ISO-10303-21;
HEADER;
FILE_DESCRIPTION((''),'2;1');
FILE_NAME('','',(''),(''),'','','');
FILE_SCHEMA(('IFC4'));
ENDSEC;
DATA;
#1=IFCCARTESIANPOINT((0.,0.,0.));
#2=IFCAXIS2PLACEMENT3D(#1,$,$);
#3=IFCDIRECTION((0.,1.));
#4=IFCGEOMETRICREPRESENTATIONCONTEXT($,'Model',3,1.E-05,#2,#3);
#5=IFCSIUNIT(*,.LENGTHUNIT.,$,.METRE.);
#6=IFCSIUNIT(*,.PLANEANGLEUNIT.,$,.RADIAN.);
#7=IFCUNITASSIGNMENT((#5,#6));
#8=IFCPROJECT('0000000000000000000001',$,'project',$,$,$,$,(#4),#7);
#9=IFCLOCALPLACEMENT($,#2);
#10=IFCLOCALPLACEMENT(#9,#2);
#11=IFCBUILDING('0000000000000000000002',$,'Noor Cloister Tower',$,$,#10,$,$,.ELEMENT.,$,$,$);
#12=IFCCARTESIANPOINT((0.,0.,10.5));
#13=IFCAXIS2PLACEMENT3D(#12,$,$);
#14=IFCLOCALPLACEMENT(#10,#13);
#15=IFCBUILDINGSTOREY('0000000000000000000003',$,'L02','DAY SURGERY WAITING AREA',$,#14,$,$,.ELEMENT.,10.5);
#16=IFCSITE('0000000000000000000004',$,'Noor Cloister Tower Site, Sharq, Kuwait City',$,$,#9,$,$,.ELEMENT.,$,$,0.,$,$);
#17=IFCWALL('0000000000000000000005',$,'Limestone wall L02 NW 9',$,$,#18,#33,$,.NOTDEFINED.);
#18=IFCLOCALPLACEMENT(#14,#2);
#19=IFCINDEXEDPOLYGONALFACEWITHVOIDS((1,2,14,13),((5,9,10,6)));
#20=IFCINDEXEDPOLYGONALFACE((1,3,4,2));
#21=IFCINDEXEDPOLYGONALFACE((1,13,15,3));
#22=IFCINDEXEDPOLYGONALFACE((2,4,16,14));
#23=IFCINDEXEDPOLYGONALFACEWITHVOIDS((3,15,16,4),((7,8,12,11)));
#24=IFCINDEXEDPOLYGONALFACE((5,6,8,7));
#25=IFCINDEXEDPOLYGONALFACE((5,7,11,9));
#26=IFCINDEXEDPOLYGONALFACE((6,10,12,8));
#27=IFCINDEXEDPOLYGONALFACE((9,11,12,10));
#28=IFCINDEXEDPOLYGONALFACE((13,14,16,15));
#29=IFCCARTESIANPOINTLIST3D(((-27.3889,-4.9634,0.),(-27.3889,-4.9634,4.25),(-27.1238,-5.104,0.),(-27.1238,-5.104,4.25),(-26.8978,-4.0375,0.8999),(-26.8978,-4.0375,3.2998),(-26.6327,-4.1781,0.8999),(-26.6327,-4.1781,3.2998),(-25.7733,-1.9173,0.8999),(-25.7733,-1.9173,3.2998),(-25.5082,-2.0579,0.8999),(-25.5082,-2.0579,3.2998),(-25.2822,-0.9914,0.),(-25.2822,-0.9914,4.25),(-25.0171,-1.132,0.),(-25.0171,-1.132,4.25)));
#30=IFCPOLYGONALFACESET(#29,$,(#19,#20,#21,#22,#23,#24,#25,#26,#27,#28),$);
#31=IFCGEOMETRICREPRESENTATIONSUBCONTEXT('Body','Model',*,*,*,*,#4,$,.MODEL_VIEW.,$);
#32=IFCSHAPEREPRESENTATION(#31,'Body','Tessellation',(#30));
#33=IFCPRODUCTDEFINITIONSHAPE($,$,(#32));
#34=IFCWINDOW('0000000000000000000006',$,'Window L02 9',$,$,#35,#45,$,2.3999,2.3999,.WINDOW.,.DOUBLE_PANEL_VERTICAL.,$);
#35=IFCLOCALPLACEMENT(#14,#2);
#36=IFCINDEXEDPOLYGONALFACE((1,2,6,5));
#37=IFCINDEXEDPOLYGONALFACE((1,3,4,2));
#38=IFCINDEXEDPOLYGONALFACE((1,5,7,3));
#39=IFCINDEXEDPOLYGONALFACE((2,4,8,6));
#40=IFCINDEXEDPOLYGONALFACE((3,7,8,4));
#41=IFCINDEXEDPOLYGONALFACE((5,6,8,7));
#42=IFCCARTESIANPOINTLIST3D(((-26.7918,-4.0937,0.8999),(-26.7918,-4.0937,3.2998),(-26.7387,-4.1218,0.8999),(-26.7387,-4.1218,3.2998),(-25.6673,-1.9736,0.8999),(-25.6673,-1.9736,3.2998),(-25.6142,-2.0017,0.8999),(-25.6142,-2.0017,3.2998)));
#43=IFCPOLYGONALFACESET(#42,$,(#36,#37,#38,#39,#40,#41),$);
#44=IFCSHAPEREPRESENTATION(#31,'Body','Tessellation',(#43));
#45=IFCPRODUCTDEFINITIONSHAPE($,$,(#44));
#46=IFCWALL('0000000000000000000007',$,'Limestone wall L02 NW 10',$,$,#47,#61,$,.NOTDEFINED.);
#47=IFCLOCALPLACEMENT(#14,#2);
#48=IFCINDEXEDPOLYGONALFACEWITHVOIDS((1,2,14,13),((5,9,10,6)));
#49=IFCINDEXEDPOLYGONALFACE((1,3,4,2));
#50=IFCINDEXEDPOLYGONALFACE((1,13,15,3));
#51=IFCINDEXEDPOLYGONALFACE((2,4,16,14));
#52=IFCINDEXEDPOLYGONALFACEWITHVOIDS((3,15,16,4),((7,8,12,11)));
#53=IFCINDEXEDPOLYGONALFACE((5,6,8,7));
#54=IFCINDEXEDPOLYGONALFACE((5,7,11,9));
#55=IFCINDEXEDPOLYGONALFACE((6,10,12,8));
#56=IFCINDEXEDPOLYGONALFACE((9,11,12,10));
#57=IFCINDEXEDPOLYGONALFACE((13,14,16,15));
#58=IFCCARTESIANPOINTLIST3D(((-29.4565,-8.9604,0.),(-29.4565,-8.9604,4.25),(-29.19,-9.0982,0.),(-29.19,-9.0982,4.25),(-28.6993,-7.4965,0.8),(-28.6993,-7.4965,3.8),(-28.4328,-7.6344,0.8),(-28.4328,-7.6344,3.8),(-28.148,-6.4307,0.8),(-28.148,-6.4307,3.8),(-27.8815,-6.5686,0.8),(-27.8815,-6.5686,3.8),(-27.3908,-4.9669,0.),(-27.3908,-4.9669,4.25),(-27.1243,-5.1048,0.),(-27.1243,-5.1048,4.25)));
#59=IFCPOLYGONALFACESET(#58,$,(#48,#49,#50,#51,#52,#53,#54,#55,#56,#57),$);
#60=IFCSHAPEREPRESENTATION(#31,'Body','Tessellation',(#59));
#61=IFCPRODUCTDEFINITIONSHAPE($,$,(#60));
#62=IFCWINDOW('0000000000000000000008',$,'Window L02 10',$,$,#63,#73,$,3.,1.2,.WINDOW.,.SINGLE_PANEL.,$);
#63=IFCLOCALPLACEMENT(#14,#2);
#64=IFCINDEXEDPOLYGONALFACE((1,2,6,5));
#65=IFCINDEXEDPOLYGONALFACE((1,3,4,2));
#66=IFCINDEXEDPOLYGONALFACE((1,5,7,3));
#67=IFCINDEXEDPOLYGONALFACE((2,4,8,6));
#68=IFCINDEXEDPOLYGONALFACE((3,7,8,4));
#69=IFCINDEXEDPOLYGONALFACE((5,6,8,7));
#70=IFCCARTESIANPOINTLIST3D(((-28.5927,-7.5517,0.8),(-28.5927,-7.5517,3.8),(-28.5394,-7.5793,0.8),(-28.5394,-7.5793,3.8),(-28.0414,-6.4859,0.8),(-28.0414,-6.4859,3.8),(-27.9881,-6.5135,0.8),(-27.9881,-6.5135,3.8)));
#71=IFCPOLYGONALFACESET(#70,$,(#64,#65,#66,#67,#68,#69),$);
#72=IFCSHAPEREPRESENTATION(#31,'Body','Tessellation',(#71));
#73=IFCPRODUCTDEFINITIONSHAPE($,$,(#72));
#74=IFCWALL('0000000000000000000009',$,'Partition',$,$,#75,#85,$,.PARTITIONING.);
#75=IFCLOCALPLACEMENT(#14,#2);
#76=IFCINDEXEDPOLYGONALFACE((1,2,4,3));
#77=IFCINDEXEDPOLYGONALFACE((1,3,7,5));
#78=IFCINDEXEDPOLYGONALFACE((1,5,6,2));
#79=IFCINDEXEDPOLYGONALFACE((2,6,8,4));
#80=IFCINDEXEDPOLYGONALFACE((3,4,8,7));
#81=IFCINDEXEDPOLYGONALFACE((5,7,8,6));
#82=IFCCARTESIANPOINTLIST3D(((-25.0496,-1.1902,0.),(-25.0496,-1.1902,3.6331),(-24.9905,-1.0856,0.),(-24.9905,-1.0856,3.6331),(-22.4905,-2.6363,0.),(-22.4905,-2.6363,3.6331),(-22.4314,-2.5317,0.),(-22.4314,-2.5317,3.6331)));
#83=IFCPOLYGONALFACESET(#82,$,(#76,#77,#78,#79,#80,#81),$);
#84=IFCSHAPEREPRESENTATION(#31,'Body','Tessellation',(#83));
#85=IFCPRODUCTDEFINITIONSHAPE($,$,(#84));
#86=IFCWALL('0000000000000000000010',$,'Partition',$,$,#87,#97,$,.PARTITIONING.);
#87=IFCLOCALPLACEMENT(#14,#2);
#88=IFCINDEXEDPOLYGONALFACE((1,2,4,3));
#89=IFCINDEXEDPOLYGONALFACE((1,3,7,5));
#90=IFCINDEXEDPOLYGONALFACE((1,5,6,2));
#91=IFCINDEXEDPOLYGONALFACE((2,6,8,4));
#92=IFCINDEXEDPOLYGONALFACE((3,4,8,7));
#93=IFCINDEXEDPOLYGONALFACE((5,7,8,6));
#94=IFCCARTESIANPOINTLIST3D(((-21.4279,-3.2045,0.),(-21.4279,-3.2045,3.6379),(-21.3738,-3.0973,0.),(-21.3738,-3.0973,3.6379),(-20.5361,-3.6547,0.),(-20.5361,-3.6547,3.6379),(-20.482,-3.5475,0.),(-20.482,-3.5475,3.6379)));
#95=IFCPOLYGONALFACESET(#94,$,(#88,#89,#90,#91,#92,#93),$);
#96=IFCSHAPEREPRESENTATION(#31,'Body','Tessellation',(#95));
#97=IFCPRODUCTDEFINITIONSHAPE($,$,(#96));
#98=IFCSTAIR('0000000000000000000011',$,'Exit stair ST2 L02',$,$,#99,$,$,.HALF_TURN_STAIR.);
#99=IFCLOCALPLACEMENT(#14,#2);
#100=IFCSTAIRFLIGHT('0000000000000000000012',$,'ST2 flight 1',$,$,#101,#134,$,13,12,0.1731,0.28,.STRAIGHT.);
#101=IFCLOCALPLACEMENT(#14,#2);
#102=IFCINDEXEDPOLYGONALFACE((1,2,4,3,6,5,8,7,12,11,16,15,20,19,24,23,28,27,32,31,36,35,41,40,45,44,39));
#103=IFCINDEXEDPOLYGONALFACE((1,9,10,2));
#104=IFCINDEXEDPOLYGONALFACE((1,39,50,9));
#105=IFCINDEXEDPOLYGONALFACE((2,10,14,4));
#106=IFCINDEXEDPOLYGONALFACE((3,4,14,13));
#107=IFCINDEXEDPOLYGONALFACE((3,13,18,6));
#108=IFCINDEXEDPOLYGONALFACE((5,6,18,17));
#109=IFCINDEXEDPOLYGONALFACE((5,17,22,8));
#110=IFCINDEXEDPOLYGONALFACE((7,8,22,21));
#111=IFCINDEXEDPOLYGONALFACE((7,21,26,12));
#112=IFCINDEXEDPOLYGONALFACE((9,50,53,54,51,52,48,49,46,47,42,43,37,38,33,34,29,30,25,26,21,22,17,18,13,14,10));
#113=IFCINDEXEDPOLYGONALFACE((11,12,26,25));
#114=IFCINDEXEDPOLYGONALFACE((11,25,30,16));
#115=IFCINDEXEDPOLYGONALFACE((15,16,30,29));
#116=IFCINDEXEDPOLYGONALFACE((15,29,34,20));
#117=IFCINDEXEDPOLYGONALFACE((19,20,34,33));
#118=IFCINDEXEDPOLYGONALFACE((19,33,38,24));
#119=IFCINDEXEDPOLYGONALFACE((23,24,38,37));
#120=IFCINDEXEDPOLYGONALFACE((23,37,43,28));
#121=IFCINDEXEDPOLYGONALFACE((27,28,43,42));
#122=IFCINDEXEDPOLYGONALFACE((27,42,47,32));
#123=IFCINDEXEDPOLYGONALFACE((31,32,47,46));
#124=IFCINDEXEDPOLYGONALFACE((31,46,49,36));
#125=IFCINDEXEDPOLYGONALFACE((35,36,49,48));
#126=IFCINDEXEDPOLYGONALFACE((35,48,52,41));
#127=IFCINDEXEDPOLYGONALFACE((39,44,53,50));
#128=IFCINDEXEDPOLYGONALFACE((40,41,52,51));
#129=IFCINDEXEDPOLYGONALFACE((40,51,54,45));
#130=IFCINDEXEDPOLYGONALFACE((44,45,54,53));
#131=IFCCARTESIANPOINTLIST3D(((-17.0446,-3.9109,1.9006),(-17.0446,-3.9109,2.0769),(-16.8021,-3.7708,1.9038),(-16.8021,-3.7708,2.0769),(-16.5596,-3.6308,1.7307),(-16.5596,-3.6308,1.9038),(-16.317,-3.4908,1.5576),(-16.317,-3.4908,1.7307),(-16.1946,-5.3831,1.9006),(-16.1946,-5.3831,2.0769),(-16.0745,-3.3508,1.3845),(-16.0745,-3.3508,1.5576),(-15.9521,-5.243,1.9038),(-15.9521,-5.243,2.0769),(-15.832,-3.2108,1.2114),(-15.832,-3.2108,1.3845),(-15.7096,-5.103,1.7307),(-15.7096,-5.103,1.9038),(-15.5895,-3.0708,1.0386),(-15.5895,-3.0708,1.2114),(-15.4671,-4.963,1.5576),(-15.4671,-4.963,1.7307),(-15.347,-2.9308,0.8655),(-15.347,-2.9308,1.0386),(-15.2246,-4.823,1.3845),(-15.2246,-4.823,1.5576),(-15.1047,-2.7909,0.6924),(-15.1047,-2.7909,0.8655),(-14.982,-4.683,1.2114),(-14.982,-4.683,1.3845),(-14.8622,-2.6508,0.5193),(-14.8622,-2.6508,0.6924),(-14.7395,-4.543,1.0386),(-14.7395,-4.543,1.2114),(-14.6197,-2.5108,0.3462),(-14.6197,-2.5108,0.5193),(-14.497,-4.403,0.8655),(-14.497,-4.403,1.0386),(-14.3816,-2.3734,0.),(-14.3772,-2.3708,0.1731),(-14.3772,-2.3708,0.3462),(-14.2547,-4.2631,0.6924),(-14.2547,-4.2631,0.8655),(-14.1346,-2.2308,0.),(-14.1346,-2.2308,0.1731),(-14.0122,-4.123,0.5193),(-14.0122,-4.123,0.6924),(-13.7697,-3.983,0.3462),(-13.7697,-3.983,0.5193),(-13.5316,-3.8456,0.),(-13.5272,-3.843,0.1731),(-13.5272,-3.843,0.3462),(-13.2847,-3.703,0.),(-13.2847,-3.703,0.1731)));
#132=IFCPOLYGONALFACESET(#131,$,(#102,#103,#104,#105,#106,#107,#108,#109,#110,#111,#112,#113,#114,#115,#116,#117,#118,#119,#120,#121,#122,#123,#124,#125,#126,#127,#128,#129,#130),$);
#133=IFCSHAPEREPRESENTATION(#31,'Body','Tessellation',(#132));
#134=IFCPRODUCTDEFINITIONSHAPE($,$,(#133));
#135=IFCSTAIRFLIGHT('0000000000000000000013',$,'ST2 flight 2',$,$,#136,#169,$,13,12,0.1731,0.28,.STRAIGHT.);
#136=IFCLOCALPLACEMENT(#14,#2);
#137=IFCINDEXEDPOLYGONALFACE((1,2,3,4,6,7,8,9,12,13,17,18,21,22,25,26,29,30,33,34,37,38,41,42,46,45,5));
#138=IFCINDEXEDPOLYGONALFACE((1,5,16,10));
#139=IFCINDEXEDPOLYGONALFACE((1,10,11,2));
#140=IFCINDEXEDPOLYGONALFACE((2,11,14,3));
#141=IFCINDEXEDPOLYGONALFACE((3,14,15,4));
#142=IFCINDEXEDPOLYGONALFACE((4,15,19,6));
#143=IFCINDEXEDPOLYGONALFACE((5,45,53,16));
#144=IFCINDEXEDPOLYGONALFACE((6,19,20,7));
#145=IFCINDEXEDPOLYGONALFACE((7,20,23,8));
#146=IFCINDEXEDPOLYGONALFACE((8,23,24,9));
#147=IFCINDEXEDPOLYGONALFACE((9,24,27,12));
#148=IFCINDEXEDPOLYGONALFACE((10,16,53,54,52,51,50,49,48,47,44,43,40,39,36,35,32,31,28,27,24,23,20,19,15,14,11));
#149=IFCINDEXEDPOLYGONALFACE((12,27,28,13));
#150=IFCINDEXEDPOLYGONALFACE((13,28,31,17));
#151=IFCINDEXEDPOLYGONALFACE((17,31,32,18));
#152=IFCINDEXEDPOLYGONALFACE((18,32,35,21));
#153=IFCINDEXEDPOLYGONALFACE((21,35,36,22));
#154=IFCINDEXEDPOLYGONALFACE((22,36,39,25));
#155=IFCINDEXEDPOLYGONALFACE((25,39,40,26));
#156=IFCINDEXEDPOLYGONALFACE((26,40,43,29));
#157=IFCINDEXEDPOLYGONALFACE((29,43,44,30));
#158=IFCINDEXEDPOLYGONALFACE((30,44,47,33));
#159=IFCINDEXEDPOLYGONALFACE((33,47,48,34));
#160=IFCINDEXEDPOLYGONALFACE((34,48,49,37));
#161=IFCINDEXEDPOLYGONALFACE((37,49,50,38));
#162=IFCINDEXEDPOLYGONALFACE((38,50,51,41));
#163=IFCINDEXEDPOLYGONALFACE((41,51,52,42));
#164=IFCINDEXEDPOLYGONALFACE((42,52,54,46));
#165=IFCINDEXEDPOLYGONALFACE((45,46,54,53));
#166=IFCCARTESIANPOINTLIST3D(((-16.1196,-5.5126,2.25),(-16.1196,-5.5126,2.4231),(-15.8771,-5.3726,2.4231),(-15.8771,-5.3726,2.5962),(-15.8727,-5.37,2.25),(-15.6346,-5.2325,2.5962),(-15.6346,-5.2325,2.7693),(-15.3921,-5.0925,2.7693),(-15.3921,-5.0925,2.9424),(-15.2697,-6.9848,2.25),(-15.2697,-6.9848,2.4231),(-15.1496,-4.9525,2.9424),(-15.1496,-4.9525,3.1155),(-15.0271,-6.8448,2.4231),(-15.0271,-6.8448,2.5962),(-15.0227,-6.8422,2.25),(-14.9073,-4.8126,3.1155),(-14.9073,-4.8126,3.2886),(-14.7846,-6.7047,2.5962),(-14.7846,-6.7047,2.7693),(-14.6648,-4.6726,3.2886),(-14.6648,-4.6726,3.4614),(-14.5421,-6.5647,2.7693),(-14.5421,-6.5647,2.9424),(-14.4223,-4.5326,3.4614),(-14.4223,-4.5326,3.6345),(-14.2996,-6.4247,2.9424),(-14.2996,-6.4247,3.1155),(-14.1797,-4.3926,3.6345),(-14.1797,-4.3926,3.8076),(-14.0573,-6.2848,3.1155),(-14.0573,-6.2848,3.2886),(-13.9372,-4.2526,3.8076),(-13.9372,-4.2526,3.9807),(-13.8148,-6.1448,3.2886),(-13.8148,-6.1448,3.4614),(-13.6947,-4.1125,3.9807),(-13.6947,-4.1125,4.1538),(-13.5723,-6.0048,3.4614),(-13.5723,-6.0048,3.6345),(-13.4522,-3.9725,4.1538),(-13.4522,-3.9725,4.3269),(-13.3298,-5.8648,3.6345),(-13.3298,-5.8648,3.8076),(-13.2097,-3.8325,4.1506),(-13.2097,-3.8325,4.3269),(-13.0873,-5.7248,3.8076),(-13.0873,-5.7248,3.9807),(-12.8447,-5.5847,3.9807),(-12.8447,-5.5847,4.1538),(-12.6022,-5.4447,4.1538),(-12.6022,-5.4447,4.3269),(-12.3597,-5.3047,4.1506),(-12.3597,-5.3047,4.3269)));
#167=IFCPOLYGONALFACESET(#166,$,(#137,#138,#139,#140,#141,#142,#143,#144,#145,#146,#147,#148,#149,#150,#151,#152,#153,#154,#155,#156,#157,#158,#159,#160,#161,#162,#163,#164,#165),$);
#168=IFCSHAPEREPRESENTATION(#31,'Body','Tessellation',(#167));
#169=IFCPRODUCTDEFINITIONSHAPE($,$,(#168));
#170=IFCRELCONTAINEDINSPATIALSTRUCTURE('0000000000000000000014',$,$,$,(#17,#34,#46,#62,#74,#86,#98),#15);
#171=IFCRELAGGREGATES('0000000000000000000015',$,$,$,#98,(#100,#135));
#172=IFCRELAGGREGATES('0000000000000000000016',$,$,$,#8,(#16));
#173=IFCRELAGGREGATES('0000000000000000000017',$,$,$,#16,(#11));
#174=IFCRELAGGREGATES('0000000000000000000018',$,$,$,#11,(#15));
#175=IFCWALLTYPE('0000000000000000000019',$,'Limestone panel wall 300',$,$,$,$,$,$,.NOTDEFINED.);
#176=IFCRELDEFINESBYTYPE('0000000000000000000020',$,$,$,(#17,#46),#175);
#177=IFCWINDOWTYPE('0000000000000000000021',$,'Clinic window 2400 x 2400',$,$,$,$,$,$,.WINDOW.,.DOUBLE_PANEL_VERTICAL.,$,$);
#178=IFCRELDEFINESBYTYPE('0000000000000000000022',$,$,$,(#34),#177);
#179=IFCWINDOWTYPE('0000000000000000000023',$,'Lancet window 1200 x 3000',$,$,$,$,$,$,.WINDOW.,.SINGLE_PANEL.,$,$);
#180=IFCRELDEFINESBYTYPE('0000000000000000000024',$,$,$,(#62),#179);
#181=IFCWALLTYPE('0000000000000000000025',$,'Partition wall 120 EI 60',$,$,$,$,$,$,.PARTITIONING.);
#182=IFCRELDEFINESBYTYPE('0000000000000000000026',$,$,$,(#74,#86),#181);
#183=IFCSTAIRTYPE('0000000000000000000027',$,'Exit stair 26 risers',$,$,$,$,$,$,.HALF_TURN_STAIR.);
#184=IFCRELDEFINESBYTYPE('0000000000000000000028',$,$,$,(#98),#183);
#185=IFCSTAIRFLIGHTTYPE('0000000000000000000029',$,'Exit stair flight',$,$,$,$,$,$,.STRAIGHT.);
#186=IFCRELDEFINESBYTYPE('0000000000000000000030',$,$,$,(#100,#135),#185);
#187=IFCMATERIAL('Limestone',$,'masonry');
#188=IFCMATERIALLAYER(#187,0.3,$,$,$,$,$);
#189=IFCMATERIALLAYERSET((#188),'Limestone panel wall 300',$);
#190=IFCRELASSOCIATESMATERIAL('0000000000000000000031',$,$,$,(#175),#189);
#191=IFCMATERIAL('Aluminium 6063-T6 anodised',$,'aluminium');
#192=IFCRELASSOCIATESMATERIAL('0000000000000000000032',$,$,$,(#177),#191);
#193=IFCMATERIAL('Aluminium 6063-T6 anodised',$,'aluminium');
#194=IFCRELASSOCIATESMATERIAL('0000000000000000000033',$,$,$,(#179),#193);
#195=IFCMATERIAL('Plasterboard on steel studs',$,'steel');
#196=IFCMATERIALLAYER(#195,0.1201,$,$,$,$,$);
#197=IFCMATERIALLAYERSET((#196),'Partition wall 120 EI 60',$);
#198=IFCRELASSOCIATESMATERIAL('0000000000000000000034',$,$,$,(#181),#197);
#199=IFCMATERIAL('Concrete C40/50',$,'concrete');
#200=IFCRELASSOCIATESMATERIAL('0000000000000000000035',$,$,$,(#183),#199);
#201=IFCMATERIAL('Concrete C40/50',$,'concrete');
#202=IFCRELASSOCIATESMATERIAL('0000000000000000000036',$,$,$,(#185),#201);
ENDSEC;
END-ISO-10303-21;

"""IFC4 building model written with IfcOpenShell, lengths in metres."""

from ifc_helpers import new_model, si_unit, direction, frame, frame_2d, origin, place, context, subcontext, project, spatial, polyline, rectangle, outline, extrude, material, layer, layer_set, type_object, element, fill, aggregate, save


model = new_model("IFC4")

# Units and contexts
model_context = context("Model", 3, precision=1e-05, world=origin(), true_north=direction((0.0, 1.0)))
body_context = subcontext(model_context, "Body", "Model", "MODEL_VIEW")
ifc_project = project(units=[si_unit("LENGTHUNIT", "METRE"), si_unit("PLANEANGLEUNIT", "RADIAN")], contexts=[model_context])

# Site, building, storey
site_placement = place(None, origin())
site = spatial("IfcSite", under=ifc_project, at=site_placement, Name="Noor Cloister Tower Site, Sharq, Kuwait City", CompositionType="ELEMENT", RefElevation=0.0)
building_placement = place(site_placement, origin())
building = spatial("IfcBuilding", under=site, at=building_placement, Name="Noor Cloister Tower", CompositionType="ELEMENT")
storey_placement = place(building_placement, frame((0.0, 0.0, 10.5)))
storey = spatial("IfcBuildingStorey", under=building, at=storey_placement, Name="L02", Description="DAY SURGERY WAITING AREA", CompositionType="ELEMENT", Elevation=10.5)

# Walls, openings, windows
ifc_material_1 = material(Name="Limestone", Category="masonry")
ifc_layer_1 = layer(ifc_material_1, 0.3)
ifc_layer_set_1 = layer_set([ifc_layer_1], Name="Limestone panel wall 300")
wall_type_1 = type_object("IfcWallType", Name="Limestone panel wall 300", PredefinedType="NOTDEFINED", material=ifc_layer_set_1)
ifc_material_2 = material(Name="Aluminium 6063-T6 anodised", Category="aluminium")
window_type_1 = type_object("IfcWindowType", Name="Clinic window 2400 x 2400", PartitioningType="DOUBLE_PANEL_VERTICAL", PredefinedType="WINDOW", material=ifc_material_2)
wall_1_placement = place(storey_placement, frame((-27.2563, -5.0337, 0.0), z_axis=(0.0, 0.0, 1.0), x_axis=(0.468566, 0.883428, 0.0)))
wall_1 = element("IfcWall", 1, at=wall_1_placement, inside=storey, type_object=wall_type_1, Name="Limestone wall L02 NW 9", PredefinedType="NOTDEFINED", context=body_context, shape_type="SweptSolid", body=[
    extrude(rectangle(XDim=4.4961, YDim=0.3, at=frame_2d((2.248, 0.0))), origin(), (0.0, 0.0, 1.0), 4.25),
])
opening_1_placement = place(wall_1_placement, frame((1.0481, 0.0, 0.8999)))
opening_1 = element("IfcOpeningElement", 2, at=opening_1_placement, cuts=wall_1, PredefinedType="OPENING", context=body_context, shape_type="SweptSolid", body=[
    extrude(rectangle(XDim=2.3999, YDim=2.3999, at=frame_2d((1.2, 1.2))), frame((0.0, 0.1602, 0.0), z_axis=(0.0, -1.0, 0.0), x_axis=(1.0, 0.0, 0.0)), (0.0, 0.0, 1.0), 0.3201),
])
window_1_placement = place(opening_1_placement, origin())
window_1 = element("IfcWindow", 3, at=window_1_placement, inside=storey, type_object=window_type_1, Name="Window L02 9", OverallHeight=2.3999, OverallWidth=2.3999, PartitioningType="DOUBLE_PANEL_VERTICAL", PredefinedType="WINDOW", context=body_context, shape_type="SweptSolid", body=[
    extrude(rectangle(XDim=2.3999, YDim=2.3999, at=frame_2d((1.2, 1.2))), frame((0.0, 0.03, 0.0), z_axis=(0.0, -1.0, 0.0), x_axis=(1.0, 0.0, 0.0)), (0.0, 0.0, 1.0), 0.0601),
])
fill(opening_1, window_1)
wall_2_placement = place(storey_placement, frame((-29.3232, -9.0293, 0.0), z_axis=(0.0, 0.0, 1.0), x_axis=(0.459444, 0.888207, 0.0)))
wall_2 = element("IfcWall", 4, at=wall_2_placement, inside=storey, type_object=wall_type_1, Name="Limestone wall L02 NW 10", PredefinedType="NOTDEFINED", context=body_context, shape_type="SweptSolid", body=[
    extrude(rectangle(XDim=4.4961, YDim=0.3, at=frame_2d((2.248, 0.0))), origin(), (0.0, 0.0, 1.0), 4.25),
])
opening_2_placement = place(wall_2_placement, frame((1.6479, 0.0, 0.8)))
opening_2 = element("IfcOpeningElement", 5, at=opening_2_placement, cuts=wall_2, PredefinedType="OPENING", context=body_context, shape_type="SweptSolid", body=[
    extrude(rectangle(XDim=1.2, YDim=3.0, at=frame_2d((0.6001, 1.5))), frame((0.0, 0.1602, 0.0), z_axis=(0.0, -1.0, 0.0), x_axis=(1.0, 0.0, 0.0)), (0.0, 0.0, 1.0), 0.3201),
])
ifc_material_3 = material(Name="Aluminium 6063-T6 anodised", Category="aluminium")
window_type_2 = type_object("IfcWindowType", Name="Lancet window 1200 x 3000", PartitioningType="SINGLE_PANEL", PredefinedType="WINDOW", material=ifc_material_3)
window_2_placement = place(opening_2_placement, origin())
window_2 = element("IfcWindow", 6, at=window_2_placement, inside=storey, type_object=window_type_2, Name="Window L02 10", OverallHeight=3.0, OverallWidth=1.2, PartitioningType="SINGLE_PANEL", PredefinedType="WINDOW", context=body_context, shape_type="SweptSolid", body=[
    extrude(rectangle(XDim=1.2, YDim=3.0, at=frame_2d((0.6001, 1.5))), frame((0.0, 0.03, 0.0), z_axis=(0.0, -1.0, 0.0), x_axis=(1.0, 0.0, 0.0)), (0.0, 0.0, 1.0), 0.0601),
])
fill(opening_2, window_2)

# Walls
ifc_material_4 = material(Name="Plasterboard on steel studs", Category="steel")
ifc_layer_2 = layer(ifc_material_4, 0.1201)
ifc_layer_set_2 = layer_set([ifc_layer_2], Name="Partition wall 120 EI 60")
wall_type_2 = type_object("IfcWallType", Name="Partition wall 120 EI 60", PredefinedType="PARTITIONING", material=ifc_layer_set_2)
wall_3_placement = place(storey_placement, frame((-22.4609, -2.584, 0.0), z_axis=(0.0, 0.0, 1.0), x_axis=(-0.87062, 0.491956, 0.0)))
element("IfcWall", 7, at=wall_3_placement, inside=storey, type_object=wall_type_2, Name="Partition", PredefinedType="PARTITIONING", context=body_context, shape_type="SweptSolid", body=[
    extrude(rectangle(XDim=2.9395, YDim=0.1201, at=frame_2d((1.4697, 0.0))), origin(), (0.0, 0.0, 1.0), 3.6331),
])
wall_4_placement = place(storey_placement, frame((-20.509, -3.6011, 0.0), z_axis=(0.0, 0.0, 1.0), x_axis=(-0.89271, 0.450632, 0.0)))
element("IfcWall", 8, at=wall_4_placement, inside=storey, type_object=wall_type_2, Name="Partition", PredefinedType="PARTITIONING", context=body_context, shape_type="SweptSolid", body=[
    extrude(rectangle(XDim=0.999, YDim=0.1201, at=frame_2d((0.4995, 0.0))), origin(), (0.0, 0.0, 1.0), 3.6379),
])

# Stair, stair flights
ifc_material_5 = material(Name="Concrete C40/50", Category="concrete")
stair_type = type_object("IfcStairType", Name="Exit stair 26 risers", PredefinedType="HALF_TURN_STAIR", material=ifc_material_5)
stair_placement = place(storey_placement, origin())
stair = element("IfcStair", 9, at=stair_placement, inside=storey, type_object=stair_type, Name="Exit stair ST2 L02", PredefinedType="HALF_TURN_STAIR")
ifc_material_6 = material(Name="Concrete C40/50", Category="concrete")
stair_flight_type = type_object("IfcStairFlightType", Name="Exit stair flight", PredefinedType="STRAIGHT", material=ifc_material_6)
stair_flight_1_placement = place(storey_placement, frame((-13.7097, -2.9668, 0.0), z_axis=(0.0, 0.0, 1.0), x_axis=(-0.866025, -0.5, 0.0)))
stair_flight_1 = element("IfcStairFlight", 10, at=stair_flight_1_placement, type_object=stair_flight_type, Name="ST2 flight 1", NumberOfRisers=13, NumberOfTreads=12, PredefinedType="STRAIGHT", RiserHeight=0.1731, TreadLength=0.28, context=body_context, shape_type="SweptSolid", body=[
    extrude(outline(polyline([(0.0, 0.0), (0.0, 0.1731), (0.28, 0.1731), (0.28, 0.3462), (0.5601, 0.3462), (0.5601, 0.5193), (0.8401, 0.5193), (0.8401, 0.6924), (1.1201, 0.6924), (1.1201, 0.8655), (1.3999, 0.8655), (1.3999, 1.0386), (1.6799, 1.0386), (1.6799, 1.2114), (1.96, 1.2114), (1.96, 1.3845), (2.24, 1.3845), (2.24, 1.5576), (2.52, 1.5576), (2.52, 1.7307), (2.8, 1.7307), (2.8, 1.9038), (3.0801, 1.9038), (3.0801, 2.0769), (3.3601, 2.0769), (3.3601, 2.25), (3.3601, 1.9006), (0.2852, 0.0), (0.0, 0.0)])), frame((0.0, 0.8501, 0.0), z_axis=(0.0, -1.0, 0.0), x_axis=(1.0, 0.0, 0.0)), (0.0, 0.0, 1.0), 1.7),
])
stair_flight_2_placement = place(storey_placement, frame((-15.6946, -6.2488, 2.25), z_axis=(0.0, 0.0, 1.0), x_axis=(0.866025, 0.5, 0.0)))
stair_flight_2 = element("IfcStairFlight", 11, at=stair_flight_2_placement, type_object=stair_flight_type, Name="ST2 flight 2", NumberOfRisers=13, NumberOfTreads=12, PredefinedType="STRAIGHT", RiserHeight=0.1731, TreadLength=0.28, context=body_context, shape_type="SweptSolid", body=[
    extrude(outline(polyline([(0.0, 0.0), (0.0, 0.1731), (0.28, 0.1731), (0.28, 0.3462), (0.5601, 0.3462), (0.5601, 0.5193), (0.8401, 0.5193), (0.8401, 0.6924), (1.1201, 0.6924), (1.1201, 0.8655), (1.3999, 0.8655), (1.3999, 1.0386), (1.6799, 1.0386), (1.6799, 1.2114), (1.96, 1.2114), (1.96, 1.3845), (2.24, 1.3845), (2.24, 1.5576), (2.52, 1.5576), (2.52, 1.7307), (2.8, 1.7307), (2.8, 1.9038), (3.0801, 1.9038), (3.0801, 2.0769), (3.3601, 2.0769), (3.3601, 2.25), (3.3601, 1.9006), (0.2852, 0.0), (0.0, 0.0)])), frame((0.0, 0.8501, 0.0), z_axis=(0.0, -1.0, 0.0), x_axis=(1.0, 0.0, 0.0)), (0.0, 0.0, 1.0), 1.7),
])
aggregate(stair, [stair_flight_1, stair_flight_2])

save(model, "model.ifc")
